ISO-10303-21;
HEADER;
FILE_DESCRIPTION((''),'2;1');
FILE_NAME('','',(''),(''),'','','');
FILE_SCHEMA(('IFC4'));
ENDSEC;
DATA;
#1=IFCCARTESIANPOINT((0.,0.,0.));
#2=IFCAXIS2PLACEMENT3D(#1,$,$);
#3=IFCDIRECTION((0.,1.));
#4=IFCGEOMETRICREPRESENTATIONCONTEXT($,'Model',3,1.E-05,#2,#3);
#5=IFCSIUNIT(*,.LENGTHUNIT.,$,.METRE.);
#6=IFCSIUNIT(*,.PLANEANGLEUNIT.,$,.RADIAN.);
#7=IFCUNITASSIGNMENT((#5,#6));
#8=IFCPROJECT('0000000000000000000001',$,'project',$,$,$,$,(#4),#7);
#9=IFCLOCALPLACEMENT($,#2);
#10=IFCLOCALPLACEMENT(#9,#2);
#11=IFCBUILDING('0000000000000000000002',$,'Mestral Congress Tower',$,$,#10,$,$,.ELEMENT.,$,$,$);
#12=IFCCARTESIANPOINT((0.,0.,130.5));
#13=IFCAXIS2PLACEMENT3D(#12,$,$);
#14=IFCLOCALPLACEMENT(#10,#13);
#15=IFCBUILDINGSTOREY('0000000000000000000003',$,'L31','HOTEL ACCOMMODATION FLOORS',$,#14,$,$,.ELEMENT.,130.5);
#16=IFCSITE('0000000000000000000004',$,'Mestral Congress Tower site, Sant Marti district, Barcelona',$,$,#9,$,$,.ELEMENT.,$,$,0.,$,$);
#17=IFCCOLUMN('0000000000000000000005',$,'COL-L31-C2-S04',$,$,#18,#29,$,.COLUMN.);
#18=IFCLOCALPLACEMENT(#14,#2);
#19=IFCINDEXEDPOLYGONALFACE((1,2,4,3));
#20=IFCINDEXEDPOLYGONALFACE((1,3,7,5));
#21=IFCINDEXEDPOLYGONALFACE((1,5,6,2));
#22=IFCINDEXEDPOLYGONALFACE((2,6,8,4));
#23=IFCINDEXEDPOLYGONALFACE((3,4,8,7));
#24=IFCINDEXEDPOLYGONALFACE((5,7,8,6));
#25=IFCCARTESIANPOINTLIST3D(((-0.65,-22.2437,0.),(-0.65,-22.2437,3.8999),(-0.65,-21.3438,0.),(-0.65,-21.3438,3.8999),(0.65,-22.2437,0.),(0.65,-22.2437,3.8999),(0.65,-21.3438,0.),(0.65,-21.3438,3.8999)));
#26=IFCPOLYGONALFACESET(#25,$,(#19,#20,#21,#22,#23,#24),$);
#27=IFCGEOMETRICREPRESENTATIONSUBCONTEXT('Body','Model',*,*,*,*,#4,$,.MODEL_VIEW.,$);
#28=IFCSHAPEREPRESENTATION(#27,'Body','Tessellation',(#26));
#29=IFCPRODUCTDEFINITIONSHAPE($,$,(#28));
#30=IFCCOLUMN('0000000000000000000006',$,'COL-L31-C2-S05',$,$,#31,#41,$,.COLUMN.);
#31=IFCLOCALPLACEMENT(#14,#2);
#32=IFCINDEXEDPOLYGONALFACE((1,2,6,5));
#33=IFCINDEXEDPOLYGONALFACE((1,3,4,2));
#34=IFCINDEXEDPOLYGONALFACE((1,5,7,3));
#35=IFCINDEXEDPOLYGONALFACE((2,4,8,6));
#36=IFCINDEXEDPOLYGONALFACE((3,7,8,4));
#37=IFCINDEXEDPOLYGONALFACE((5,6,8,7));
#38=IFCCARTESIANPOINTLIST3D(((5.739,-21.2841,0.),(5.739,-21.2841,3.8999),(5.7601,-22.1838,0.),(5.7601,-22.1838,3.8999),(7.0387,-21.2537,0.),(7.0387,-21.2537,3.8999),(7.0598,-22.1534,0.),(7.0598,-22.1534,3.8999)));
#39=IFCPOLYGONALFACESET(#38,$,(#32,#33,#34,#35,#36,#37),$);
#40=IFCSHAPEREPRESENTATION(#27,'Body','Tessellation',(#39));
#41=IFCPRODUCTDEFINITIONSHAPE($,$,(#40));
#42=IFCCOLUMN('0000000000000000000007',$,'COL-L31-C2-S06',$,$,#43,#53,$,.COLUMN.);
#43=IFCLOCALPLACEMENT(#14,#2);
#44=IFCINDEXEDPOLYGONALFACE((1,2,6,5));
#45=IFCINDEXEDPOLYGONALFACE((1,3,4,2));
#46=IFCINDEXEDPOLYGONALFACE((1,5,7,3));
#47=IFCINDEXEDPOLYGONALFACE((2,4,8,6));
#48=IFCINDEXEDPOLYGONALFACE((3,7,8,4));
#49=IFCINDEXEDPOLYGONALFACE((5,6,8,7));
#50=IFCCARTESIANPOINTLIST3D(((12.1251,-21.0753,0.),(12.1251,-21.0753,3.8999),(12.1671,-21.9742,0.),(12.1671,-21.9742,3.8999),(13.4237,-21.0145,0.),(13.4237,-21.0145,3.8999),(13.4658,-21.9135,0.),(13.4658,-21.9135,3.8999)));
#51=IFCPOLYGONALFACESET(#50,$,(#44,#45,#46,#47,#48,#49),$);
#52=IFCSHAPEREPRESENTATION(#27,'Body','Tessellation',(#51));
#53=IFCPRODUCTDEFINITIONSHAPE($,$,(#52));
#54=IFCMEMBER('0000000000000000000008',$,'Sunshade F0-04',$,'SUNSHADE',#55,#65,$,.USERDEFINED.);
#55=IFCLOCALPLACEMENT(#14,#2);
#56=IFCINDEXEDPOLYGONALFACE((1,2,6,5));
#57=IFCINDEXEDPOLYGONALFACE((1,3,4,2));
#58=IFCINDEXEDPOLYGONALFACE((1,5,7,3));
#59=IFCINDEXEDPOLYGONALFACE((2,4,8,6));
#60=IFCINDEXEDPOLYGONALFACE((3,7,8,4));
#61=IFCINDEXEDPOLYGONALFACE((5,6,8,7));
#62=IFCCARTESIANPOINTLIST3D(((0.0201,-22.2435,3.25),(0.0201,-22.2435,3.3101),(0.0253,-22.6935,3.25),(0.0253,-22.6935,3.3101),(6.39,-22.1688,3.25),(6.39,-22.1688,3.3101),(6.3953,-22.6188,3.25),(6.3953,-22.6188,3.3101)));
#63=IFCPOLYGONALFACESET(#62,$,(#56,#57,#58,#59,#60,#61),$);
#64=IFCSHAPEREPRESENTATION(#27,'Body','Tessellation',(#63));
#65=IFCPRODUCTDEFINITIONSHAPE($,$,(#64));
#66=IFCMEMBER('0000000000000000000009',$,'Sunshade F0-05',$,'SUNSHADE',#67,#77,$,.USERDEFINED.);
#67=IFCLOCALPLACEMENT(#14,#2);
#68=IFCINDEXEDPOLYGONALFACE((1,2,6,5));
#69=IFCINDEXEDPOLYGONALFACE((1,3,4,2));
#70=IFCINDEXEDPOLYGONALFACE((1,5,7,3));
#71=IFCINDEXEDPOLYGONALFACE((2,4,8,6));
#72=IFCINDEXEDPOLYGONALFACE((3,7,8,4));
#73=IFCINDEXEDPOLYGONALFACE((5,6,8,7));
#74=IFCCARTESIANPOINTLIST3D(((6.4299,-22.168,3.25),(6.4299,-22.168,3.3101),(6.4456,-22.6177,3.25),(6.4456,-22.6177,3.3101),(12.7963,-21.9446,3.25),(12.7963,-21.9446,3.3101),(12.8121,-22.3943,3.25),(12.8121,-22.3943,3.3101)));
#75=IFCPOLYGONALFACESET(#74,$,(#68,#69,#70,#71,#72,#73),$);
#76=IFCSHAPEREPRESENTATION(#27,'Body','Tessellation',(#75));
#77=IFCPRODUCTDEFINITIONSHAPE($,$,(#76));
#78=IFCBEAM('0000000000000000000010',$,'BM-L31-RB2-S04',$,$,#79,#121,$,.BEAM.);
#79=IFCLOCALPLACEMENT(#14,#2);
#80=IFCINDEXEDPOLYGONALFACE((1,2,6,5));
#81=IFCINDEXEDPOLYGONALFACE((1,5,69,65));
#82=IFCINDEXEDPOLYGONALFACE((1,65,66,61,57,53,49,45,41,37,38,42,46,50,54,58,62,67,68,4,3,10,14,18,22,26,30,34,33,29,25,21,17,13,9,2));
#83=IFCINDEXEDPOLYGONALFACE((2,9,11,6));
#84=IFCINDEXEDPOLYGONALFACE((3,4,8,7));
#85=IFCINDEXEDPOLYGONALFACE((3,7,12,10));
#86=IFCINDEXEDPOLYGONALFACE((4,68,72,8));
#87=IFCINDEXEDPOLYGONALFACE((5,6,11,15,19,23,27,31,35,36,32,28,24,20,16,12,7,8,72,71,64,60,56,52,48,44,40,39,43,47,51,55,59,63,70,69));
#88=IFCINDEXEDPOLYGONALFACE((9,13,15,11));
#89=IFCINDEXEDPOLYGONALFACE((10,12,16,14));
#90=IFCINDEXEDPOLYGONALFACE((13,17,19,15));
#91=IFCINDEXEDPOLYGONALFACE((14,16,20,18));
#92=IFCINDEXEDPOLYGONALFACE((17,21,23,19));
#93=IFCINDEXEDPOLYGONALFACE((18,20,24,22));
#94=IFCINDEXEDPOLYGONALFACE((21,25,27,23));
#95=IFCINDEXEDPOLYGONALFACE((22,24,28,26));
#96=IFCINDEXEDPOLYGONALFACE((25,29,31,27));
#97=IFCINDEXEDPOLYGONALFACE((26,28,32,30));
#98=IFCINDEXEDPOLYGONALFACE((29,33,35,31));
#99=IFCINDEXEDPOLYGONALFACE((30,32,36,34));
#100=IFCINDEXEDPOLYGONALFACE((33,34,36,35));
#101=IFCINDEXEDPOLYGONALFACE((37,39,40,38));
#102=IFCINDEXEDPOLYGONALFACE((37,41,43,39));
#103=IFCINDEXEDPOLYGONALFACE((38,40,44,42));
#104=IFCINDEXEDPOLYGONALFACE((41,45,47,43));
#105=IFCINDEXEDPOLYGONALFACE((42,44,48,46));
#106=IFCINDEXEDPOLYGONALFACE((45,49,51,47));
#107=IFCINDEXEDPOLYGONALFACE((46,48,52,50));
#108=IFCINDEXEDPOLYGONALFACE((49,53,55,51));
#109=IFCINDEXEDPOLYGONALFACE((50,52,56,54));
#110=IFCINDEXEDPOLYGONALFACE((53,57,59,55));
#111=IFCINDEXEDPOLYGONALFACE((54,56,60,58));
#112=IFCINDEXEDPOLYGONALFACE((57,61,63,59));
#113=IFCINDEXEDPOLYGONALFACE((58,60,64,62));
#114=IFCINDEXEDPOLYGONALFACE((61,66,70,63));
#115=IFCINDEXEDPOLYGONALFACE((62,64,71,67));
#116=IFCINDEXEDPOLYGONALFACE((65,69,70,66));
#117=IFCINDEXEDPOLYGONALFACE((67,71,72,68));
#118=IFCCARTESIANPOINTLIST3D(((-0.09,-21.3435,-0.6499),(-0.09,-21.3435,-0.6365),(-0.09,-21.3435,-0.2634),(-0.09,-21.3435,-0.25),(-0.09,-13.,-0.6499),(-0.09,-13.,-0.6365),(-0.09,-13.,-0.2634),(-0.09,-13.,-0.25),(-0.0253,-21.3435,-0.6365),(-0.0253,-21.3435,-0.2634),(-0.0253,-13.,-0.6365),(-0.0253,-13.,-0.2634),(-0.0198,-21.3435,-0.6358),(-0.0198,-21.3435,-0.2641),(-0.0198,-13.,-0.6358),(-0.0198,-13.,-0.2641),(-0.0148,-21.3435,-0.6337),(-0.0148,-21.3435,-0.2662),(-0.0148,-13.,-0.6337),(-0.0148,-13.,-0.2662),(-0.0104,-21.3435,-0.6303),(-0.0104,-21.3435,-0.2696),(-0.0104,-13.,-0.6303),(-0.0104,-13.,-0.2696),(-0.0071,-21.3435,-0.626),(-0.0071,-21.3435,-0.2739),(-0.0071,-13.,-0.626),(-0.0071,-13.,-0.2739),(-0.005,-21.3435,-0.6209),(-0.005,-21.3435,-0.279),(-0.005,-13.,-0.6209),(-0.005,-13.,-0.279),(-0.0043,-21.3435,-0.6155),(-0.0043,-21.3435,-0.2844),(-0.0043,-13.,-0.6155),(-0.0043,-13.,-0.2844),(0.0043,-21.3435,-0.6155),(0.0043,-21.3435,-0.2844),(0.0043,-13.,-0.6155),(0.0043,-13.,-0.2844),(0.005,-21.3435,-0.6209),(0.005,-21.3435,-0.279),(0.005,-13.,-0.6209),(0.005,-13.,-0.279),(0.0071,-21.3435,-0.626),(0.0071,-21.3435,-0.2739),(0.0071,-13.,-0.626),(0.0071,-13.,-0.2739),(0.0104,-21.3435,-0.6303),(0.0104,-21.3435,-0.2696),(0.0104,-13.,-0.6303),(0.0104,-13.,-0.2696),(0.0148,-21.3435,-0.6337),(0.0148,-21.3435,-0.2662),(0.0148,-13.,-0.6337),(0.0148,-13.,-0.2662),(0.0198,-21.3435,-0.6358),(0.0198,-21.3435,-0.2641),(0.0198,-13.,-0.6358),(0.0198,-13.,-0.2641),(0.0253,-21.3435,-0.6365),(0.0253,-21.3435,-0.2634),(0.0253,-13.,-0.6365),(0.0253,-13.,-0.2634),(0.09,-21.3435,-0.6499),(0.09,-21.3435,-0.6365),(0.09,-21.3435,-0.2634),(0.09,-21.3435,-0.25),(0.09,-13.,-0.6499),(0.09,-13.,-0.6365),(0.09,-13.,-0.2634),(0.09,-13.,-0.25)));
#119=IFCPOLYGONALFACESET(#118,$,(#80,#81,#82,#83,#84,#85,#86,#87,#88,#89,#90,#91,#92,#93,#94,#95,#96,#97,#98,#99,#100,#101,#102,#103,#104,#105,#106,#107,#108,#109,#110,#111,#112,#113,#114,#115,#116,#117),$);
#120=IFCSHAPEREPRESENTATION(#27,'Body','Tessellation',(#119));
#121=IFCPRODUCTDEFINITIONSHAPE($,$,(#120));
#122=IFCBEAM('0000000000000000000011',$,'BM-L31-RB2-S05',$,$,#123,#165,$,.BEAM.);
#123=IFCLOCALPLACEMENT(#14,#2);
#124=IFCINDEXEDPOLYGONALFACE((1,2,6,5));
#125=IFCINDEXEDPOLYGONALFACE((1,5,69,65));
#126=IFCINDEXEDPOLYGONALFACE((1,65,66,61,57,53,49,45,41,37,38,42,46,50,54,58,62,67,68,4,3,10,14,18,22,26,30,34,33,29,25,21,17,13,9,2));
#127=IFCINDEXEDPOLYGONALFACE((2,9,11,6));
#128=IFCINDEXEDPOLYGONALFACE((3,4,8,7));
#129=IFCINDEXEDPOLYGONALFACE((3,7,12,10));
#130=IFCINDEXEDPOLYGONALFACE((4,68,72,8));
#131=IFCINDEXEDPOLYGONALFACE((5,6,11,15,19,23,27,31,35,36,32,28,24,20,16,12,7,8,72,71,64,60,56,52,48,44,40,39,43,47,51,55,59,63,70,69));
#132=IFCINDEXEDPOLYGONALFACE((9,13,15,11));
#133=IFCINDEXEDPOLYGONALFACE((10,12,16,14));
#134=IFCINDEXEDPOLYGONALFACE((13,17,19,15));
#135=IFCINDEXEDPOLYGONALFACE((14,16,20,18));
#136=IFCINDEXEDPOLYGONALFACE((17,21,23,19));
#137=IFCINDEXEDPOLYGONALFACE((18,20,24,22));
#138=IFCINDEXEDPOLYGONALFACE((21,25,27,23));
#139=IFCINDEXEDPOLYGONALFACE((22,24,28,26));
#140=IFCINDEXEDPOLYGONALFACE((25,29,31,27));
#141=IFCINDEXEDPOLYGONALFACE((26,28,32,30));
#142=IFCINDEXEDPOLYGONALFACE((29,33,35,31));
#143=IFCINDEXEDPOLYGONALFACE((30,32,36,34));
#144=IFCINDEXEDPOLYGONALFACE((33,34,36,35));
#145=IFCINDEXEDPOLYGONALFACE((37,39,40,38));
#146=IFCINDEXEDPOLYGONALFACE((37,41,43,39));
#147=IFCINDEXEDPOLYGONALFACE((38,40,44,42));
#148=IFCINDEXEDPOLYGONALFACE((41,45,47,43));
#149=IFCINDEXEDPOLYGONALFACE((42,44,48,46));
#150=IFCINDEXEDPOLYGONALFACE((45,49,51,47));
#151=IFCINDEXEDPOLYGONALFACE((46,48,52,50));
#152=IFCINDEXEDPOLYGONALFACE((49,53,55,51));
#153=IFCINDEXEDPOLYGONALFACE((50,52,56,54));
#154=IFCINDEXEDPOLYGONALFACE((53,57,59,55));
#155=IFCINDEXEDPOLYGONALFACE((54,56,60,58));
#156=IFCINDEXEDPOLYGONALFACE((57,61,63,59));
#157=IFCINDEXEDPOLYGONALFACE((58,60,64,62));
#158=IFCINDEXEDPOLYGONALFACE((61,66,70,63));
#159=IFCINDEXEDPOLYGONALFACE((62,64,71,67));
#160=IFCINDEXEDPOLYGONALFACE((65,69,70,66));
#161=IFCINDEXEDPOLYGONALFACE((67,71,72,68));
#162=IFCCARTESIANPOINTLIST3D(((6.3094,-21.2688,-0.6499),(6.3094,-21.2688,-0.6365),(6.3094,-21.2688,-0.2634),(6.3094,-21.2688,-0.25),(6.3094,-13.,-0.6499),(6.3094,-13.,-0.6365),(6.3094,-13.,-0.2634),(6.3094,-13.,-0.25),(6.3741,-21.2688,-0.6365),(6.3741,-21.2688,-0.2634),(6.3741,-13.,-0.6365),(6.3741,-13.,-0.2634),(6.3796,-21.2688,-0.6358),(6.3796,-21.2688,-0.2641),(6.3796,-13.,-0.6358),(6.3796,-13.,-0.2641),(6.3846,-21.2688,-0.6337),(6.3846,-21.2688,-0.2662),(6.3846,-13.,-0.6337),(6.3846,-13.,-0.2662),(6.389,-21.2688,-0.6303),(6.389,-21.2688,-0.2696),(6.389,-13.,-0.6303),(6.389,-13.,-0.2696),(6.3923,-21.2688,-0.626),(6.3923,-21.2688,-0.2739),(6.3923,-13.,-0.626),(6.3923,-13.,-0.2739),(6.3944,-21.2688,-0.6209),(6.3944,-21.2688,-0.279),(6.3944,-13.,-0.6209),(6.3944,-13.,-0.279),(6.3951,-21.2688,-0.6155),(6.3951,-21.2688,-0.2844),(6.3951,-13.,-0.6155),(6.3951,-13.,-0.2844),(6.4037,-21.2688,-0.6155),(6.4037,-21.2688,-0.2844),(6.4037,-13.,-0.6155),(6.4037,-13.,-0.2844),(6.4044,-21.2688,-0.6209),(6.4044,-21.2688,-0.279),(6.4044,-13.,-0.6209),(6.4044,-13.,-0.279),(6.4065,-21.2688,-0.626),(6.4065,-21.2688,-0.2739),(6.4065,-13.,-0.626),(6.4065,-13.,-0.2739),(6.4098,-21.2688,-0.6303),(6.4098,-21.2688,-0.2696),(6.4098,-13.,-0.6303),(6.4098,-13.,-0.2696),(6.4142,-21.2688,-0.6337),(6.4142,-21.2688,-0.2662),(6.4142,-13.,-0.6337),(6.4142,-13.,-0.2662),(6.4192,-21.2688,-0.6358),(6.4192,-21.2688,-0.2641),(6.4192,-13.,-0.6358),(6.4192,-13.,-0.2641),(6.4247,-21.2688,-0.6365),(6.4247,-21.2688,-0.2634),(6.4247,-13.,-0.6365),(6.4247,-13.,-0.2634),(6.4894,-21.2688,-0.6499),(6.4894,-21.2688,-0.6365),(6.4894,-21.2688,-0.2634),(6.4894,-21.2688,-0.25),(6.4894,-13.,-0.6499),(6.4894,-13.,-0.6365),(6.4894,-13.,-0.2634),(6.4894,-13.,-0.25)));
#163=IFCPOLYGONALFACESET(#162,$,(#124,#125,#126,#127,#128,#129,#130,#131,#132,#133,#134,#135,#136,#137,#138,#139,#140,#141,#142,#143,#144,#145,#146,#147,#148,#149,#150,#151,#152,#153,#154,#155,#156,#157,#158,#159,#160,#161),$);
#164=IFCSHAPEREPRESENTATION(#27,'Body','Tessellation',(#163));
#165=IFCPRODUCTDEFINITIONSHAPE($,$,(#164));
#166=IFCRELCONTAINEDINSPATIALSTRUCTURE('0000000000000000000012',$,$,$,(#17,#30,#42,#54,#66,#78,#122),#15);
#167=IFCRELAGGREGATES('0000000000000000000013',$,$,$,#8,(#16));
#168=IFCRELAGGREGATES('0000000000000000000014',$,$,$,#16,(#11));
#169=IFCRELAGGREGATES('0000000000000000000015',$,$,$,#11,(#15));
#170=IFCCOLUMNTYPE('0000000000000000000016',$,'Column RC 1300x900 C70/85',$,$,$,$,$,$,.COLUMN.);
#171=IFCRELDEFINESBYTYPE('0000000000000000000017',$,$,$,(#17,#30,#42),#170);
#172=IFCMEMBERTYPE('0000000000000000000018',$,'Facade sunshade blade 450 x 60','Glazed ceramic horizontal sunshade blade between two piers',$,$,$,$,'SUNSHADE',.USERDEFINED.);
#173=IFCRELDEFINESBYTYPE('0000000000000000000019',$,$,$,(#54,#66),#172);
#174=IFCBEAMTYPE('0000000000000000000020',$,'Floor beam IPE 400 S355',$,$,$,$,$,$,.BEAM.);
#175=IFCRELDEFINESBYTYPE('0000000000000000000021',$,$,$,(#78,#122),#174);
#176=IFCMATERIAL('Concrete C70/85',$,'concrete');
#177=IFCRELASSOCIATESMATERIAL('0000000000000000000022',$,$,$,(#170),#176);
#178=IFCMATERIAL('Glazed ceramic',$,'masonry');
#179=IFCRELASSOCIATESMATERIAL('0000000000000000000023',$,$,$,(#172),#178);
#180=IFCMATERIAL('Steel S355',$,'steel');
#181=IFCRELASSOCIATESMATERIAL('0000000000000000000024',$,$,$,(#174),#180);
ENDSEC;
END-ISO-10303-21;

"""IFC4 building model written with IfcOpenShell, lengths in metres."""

from ifc_helpers import new_model, si_unit, direction, frame, origin, origin_2d, place, context, subcontext, project, spatial, rectangle, i_section, extrude, material, material_profile, profile_set, type_object, element, save


model = new_model("IFC4")

# Units and contexts
model_context = context("Model", 3, precision=1e-05, world=origin(), true_north=direction((0.0, 1.0)))
body_context = subcontext(model_context, "Body", "Model", "MODEL_VIEW")
ifc_project = project(units=[si_unit("LENGTHUNIT", "METRE"), si_unit("PLANEANGLEUNIT", "RADIAN")], contexts=[model_context])

# Site, building, storey
site_placement = place(None, origin())
site = spatial("IfcSite", under=ifc_project, at=site_placement, Name="Mestral Congress Tower site, Sant Marti district, Barcelona", CompositionType="ELEMENT", RefElevation=0.0)
building_placement = place(site_placement, origin())
building = spatial("IfcBuilding", under=site, at=building_placement, Name="Mestral Congress Tower", CompositionType="ELEMENT")
storey_placement = place(building_placement, frame((0.0, 0.0, 130.5)))
storey = spatial("IfcBuildingStorey", under=building, at=storey_placement, Name="L31", Description="HOTEL ACCOMMODATION FLOORS", CompositionType="ELEMENT", Elevation=130.5)

# Columns
ifc_material_1 = material(Name="Concrete C70/85", Category="concrete")
ifc_material_profile_1 = material_profile(ifc_material_1, rectangle(XDim=1.3, YDim=0.8999, at=origin_2d()), Name="RC 1300x900")
ifc_profile_set_1 = profile_set([ifc_material_profile_1], Name="Concrete C70/85")
column_type = type_object("IfcColumnType", Name="Column RC 1300x900 C70/85", PredefinedType="COLUMN", material=ifc_profile_set_1)
for number, where, z_axis, x_axis, name in (
    (1, (0.0, -21.7937, 0.0), (0.0, 0.0, 1.0), (1.0, 0.0, 0.0), "COL-L31-C2-S04"),
    (2, (6.3994, -21.7188, 0.0), (0.0, 0.0, 1.0), (0.999727, 0.023384, 0.0), "COL-L31-C2-S05"),
    (3, (12.7954, -21.4944, 0.0), (0.0, 0.0, 1.0), (0.998906, 0.046756, 0.0), "COL-L31-C2-S06"),
):
    element("IfcColumn", number, at=place(storey_placement, frame(where, z_axis=z_axis, x_axis=x_axis)), inside=storey, type_object=column_type, Name=name, PredefinedType="COLUMN", context=body_context, shape_type="SweptSolid", body=[
        extrude(rectangle(XDim=1.3, YDim=0.8999, at=origin_2d()), origin(), (0.0, 0.0, 1.0), 3.8999),
    ])

# Members
ifc_material_2 = material(Name="Glazed ceramic", Category="masonry")
ifc_material_profile_2 = material_profile(ifc_material_2, rectangle(XDim=0.45, YDim=0.0601, at=origin_2d()), Name="Ceramic blade 450 x 60")
ifc_profile_set_2 = profile_set([ifc_material_profile_2], Name="Glazed ceramic")
member_type = type_object("IfcMemberType", Name="Facade sunshade blade 450 x 60", Description="Glazed ceramic horizontal sunshade blade between two piers", ElementType="SUNSHADE", PredefinedType="USERDEFINED", material=ifc_profile_set_2)
for number, where, z_axis, x_axis, name in (
    (4, (0.0227, -22.4685, 3.28), (0.999931, 0.011727, 0.0), (-0.011727, 0.999931, 0.0), "Sunshade F0-04"),
    (5, (6.4377, -22.3928, 3.28), (0.999385, 0.035067, 0.0), (-0.035067, 0.999385, 0.0), "Sunshade F0-05"),
):
    element("IfcMember", number, at=place(storey_placement, frame(where, z_axis=z_axis, x_axis=x_axis)), inside=storey, type_object=member_type, Name=name, ObjectType="SUNSHADE", PredefinedType="USERDEFINED", context=body_context, shape_type="SweptSolid", body=[
        extrude(rectangle(XDim=0.45, YDim=0.0601, at=origin_2d()), origin(), (0.0, 0.0, 1.0), 6.3704),
    ])

# Beams
ifc_material_3 = material(Name="Steel S355", Category="steel")
ifc_material_profile_3 = material_profile(ifc_material_3, i_section(OverallWidth=0.1799, OverallDepth=0.3999, WebThickness=0.0085, FlangeThickness=0.0134, FilletRadius=0.021, at=origin_2d()), Name="IPE 400")
ifc_profile_set_3 = profile_set([ifc_material_profile_3], Name="Steel S355")
beam_type_1 = type_object("IfcBeamType", Name="Floor beam IPE 400 S355", PredefinedType="BEAM", material=ifc_profile_set_3)
beam_1_placement = place(storey_placement, frame((0.0, -21.3435, -0.45), z_axis=(0.0, 1.0, 0.0), x_axis=(-1.0, 0.0, 0.0)))
element("IfcBeam", 6, at=beam_1_placement, inside=storey, type_object=beam_type_1, Name="BM-L31-RB2-S04", PredefinedType="BEAM", context=body_context, shape_type="SweptSolid", body=[
    extrude(i_section(OverallWidth=0.1799, OverallDepth=0.3999, WebThickness=0.0085, FlangeThickness=0.0134, FilletRadius=0.021, at=origin_2d()), origin(), (0.0, 0.0, 1.0), 8.3435),
])
beam_2_placement = place(storey_placement, frame((6.3994, -21.2688, -0.45), z_axis=(0.0, 1.0, 0.0), x_axis=(-1.0, 0.0, 0.0)))
element("IfcBeam", 7, at=beam_2_placement, inside=storey, type_object=beam_type_1, Name="BM-L31-RB2-S05", PredefinedType="BEAM", context=body_context, shape_type="SweptSolid", body=[
    extrude(i_section(OverallWidth=0.1799, OverallDepth=0.3999, WebThickness=0.0085, FlangeThickness=0.0134, FilletRadius=0.021, at=origin_2d()), origin(), (0.0, 0.0, 1.0), 8.2688),
])

save(model, "model.ifc")
